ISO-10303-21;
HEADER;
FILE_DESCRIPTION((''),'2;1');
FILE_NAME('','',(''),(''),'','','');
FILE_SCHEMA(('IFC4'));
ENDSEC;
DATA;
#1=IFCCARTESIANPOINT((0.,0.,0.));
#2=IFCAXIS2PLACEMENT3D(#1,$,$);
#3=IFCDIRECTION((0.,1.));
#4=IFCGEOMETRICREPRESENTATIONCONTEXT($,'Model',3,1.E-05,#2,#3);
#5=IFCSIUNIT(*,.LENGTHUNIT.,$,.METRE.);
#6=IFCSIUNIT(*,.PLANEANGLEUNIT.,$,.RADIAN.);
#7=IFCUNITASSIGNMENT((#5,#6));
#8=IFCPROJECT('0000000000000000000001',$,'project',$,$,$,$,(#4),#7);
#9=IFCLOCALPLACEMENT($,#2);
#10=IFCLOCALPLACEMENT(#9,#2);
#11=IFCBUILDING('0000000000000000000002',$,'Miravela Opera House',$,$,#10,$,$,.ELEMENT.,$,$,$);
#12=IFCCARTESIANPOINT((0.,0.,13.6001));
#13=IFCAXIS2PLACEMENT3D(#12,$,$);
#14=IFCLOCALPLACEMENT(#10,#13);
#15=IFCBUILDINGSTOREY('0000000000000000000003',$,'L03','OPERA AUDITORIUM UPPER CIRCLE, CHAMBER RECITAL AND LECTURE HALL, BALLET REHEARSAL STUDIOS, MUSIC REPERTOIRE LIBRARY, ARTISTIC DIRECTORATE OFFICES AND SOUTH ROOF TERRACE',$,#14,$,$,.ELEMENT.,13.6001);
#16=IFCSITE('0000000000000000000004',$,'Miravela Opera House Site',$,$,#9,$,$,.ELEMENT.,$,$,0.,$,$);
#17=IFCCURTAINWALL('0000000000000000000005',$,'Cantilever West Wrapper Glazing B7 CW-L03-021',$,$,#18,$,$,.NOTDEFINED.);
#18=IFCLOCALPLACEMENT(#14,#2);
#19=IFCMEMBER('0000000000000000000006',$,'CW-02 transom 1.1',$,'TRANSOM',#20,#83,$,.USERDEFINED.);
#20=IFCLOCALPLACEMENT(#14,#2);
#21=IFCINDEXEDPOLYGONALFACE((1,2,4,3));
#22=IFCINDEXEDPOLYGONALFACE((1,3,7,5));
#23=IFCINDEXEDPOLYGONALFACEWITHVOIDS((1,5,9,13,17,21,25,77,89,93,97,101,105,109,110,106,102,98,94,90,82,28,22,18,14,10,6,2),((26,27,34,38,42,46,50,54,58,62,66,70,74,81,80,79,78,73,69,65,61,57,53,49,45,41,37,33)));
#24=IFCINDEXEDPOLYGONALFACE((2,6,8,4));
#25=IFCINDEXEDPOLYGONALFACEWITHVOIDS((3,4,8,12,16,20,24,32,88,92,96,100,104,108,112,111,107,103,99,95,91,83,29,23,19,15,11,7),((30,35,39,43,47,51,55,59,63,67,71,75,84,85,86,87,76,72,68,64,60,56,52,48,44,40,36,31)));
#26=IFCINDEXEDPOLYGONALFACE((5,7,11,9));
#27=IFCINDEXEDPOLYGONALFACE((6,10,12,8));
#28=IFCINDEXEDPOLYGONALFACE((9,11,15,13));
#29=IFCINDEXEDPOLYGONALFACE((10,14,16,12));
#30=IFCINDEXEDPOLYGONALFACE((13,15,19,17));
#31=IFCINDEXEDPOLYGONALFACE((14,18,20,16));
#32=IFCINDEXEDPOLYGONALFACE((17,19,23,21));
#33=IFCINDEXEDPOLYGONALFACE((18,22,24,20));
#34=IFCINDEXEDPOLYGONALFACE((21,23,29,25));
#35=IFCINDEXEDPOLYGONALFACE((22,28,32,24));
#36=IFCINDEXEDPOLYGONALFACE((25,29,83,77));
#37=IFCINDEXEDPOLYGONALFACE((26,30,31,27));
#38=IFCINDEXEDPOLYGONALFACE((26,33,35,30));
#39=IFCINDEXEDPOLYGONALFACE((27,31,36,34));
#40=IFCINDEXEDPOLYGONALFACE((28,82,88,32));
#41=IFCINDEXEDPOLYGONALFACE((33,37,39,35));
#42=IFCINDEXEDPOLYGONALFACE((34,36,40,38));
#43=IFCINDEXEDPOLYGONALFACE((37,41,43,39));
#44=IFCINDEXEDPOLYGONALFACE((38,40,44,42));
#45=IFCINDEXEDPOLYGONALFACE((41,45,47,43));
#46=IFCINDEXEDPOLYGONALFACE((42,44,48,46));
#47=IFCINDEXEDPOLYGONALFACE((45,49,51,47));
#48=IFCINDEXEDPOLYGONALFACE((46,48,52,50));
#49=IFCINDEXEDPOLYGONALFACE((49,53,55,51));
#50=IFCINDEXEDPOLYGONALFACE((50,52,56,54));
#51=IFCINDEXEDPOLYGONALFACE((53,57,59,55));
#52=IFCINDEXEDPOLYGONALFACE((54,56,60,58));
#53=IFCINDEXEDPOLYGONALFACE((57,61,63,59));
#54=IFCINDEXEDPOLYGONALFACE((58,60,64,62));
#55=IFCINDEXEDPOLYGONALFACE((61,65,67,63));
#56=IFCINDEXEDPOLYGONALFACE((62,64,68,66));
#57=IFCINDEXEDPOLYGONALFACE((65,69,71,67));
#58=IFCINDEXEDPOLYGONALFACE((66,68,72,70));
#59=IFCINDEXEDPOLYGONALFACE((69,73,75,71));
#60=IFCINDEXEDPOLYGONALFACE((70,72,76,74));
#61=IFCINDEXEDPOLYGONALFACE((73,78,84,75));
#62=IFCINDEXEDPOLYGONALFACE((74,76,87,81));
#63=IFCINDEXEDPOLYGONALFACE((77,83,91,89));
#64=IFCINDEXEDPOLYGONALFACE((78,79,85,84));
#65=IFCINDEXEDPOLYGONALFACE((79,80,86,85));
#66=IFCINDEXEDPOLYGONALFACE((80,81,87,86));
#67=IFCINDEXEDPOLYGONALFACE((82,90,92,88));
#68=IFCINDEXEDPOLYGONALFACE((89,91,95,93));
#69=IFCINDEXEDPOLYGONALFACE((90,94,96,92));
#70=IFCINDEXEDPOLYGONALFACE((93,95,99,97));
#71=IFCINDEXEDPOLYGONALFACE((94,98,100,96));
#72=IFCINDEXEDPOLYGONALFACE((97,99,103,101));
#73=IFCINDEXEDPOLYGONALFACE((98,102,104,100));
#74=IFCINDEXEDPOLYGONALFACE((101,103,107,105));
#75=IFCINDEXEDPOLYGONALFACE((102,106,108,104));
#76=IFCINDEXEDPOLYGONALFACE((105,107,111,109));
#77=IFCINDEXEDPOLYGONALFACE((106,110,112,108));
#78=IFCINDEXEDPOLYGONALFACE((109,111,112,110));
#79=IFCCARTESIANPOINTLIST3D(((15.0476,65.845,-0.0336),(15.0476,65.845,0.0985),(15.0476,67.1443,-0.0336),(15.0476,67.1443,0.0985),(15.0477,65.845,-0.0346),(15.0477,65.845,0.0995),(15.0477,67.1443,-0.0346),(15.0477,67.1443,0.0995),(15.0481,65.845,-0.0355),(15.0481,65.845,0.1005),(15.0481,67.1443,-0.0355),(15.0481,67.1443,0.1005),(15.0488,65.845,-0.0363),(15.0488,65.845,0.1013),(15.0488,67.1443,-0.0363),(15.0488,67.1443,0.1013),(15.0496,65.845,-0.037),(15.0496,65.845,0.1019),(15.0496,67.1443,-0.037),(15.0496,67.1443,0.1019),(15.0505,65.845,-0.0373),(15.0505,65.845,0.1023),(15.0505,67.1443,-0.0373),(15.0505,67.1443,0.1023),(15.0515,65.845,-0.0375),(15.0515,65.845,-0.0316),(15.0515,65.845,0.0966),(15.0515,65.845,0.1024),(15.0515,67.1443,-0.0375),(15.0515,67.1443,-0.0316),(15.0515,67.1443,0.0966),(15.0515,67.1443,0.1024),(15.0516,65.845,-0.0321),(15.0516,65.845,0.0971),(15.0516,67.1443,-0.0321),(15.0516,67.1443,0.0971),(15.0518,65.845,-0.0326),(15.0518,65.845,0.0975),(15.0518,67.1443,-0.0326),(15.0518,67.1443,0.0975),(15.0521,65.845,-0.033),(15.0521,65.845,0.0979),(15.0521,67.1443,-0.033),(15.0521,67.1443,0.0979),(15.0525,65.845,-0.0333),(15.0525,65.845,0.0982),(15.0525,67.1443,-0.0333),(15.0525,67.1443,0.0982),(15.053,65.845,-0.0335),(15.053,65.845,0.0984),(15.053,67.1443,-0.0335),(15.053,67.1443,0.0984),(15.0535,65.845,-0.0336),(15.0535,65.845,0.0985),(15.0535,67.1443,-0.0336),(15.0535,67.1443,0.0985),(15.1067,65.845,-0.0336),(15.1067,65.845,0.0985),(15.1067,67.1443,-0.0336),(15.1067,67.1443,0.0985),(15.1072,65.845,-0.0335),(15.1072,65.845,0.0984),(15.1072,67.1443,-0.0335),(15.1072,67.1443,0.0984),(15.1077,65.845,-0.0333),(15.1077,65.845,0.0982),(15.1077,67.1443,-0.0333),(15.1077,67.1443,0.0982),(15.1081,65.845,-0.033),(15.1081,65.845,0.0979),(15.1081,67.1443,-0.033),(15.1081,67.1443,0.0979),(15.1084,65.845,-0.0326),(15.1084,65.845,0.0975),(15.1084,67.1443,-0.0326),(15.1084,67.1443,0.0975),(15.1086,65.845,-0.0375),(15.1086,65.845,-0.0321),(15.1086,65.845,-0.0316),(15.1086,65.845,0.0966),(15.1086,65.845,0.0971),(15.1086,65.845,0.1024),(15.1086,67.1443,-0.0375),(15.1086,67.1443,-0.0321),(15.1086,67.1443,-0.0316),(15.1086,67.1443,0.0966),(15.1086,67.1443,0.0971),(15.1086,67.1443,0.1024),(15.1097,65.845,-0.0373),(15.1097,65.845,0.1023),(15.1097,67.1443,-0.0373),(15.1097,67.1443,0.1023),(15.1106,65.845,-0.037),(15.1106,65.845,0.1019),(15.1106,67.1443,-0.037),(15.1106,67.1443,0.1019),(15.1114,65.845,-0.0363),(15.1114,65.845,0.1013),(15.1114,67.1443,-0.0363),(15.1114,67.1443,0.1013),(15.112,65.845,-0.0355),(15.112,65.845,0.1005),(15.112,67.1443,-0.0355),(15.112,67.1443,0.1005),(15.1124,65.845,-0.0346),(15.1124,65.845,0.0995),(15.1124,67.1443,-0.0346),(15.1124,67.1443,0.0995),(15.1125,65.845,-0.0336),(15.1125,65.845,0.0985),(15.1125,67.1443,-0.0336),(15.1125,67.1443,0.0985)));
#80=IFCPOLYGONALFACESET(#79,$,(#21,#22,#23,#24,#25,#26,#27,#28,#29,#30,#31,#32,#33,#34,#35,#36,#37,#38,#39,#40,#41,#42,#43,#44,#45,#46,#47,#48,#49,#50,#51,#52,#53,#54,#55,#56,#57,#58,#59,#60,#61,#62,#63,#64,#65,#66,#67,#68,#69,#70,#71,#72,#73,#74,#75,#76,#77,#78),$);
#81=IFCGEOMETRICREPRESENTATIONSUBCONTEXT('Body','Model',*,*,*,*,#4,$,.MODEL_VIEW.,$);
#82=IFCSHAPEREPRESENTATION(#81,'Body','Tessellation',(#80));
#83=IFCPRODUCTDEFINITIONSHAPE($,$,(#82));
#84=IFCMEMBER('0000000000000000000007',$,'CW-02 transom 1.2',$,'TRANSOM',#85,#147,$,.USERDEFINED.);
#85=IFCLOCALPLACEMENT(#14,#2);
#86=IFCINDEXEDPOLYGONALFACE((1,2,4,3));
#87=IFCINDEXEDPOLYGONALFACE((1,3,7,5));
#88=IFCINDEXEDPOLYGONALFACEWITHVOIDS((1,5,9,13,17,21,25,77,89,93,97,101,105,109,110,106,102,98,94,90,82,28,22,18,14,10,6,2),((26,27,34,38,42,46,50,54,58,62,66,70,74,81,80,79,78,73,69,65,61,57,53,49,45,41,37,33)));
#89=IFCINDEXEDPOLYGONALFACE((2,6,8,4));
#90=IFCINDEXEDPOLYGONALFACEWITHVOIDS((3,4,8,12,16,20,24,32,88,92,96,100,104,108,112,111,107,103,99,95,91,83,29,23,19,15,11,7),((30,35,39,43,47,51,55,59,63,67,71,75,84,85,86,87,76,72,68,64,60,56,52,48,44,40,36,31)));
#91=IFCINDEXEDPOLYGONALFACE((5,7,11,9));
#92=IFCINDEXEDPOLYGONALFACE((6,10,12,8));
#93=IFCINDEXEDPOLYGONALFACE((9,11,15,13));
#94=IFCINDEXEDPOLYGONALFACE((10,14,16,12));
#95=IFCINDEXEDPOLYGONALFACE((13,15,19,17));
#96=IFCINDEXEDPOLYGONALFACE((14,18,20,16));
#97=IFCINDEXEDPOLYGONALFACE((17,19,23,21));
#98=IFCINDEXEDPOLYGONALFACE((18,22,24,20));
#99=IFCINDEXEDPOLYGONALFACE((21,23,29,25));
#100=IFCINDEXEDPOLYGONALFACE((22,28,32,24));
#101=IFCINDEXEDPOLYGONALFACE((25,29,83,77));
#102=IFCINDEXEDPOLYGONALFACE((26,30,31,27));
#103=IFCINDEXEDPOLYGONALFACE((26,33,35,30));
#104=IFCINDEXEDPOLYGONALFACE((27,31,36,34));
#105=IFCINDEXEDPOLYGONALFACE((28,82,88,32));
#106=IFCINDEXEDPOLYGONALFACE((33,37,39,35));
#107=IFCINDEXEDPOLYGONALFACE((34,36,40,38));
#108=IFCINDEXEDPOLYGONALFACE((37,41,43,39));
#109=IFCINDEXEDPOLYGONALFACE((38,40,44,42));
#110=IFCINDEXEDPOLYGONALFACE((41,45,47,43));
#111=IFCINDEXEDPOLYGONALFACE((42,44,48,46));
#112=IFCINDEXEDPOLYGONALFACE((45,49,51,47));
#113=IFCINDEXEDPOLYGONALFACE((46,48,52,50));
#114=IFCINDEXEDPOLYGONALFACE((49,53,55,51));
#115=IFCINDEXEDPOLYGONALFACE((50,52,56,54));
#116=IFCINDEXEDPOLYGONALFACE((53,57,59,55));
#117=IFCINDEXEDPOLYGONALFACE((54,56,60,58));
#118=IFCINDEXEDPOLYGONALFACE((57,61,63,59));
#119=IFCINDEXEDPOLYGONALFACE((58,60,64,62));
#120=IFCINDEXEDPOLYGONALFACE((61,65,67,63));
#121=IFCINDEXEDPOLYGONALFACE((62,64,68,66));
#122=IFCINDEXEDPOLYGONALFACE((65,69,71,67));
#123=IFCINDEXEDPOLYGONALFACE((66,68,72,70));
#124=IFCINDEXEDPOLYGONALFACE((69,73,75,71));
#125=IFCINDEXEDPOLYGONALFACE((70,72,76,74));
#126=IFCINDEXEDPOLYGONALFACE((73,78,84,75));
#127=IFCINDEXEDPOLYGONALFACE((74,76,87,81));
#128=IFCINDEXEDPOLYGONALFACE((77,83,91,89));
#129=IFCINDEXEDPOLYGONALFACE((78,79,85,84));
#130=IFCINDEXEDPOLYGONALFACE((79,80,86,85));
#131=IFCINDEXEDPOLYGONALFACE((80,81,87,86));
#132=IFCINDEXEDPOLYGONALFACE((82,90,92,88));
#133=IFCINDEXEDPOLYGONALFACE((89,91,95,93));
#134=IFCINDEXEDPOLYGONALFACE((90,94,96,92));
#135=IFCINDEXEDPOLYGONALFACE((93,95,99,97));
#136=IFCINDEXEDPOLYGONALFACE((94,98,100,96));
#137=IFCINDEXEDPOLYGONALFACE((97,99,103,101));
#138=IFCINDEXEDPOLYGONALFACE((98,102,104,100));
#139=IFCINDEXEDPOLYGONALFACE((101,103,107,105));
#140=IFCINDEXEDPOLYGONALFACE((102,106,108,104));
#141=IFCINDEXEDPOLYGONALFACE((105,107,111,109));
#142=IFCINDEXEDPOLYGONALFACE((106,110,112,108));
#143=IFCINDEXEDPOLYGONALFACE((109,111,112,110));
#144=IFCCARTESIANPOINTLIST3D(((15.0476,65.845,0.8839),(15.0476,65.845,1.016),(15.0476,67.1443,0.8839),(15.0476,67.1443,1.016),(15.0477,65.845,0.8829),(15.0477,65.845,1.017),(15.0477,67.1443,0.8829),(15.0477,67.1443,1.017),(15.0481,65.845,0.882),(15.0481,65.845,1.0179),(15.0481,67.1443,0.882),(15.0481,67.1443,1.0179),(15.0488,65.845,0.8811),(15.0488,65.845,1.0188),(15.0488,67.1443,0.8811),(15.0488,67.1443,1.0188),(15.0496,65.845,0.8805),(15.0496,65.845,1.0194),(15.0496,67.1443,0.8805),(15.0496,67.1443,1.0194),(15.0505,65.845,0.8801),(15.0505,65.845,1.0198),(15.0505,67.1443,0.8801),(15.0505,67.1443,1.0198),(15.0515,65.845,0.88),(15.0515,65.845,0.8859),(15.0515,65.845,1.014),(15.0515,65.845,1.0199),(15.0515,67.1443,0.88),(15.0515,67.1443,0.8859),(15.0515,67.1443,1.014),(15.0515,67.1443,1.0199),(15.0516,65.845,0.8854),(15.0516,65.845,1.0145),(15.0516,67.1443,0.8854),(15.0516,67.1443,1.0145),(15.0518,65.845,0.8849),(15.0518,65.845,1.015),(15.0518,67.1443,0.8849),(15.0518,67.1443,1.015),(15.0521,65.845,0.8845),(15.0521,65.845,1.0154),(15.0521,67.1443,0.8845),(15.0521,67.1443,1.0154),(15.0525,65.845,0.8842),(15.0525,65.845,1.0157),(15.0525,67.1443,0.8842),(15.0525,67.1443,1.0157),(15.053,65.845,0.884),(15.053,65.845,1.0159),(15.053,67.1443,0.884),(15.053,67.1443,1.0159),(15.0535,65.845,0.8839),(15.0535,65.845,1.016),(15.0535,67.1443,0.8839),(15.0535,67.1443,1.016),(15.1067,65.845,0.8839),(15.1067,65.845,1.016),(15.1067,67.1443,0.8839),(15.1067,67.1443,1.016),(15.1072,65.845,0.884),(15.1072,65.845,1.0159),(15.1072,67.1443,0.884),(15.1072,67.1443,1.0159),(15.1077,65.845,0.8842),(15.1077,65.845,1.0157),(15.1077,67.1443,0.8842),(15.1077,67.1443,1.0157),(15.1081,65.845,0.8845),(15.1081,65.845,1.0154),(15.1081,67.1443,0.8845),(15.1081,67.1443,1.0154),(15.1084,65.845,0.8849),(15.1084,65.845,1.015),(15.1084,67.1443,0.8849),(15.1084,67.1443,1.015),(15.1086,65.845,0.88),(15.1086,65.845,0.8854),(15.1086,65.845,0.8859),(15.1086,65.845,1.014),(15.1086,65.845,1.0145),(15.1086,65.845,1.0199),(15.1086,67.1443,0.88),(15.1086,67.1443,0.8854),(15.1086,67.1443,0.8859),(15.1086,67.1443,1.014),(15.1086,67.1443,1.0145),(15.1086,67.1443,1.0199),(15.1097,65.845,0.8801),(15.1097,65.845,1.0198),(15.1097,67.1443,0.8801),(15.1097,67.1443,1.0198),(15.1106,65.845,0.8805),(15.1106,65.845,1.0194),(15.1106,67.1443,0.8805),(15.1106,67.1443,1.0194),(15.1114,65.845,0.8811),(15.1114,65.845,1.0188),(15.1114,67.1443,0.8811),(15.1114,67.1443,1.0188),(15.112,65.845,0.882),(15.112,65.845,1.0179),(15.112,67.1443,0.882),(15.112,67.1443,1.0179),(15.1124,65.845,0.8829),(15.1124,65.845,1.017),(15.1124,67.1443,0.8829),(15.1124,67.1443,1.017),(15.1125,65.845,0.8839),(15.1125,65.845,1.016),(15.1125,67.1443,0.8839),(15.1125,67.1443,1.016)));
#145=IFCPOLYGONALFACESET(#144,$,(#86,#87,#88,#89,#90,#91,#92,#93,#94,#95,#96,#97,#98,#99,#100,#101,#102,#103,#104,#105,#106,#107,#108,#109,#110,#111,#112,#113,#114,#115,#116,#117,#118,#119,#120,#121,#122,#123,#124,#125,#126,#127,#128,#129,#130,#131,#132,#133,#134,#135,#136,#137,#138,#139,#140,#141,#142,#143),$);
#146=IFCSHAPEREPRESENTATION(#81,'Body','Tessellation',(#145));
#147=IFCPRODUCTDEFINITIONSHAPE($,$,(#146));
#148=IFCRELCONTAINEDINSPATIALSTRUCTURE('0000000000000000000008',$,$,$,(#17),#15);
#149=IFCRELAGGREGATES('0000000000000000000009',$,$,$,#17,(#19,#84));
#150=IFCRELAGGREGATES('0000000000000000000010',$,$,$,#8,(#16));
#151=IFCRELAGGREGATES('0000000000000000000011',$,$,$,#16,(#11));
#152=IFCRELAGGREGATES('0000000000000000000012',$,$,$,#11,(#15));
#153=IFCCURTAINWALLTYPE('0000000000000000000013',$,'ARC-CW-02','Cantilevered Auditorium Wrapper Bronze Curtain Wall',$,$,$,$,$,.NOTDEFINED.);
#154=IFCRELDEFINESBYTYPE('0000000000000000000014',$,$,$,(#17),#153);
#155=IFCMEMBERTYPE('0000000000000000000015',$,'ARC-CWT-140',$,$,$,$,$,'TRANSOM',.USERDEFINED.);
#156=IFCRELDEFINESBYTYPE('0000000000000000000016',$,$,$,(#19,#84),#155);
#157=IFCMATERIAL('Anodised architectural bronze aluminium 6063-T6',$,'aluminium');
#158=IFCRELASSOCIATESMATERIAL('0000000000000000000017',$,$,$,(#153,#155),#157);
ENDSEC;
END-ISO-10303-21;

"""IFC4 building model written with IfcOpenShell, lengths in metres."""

from ifc_helpers import new_model, si_unit, direction, frame, origin, origin_2d, place, context, subcontext, project, spatial, hollow_rectangle, extrude, material, material_profile, profile_set, type_object, element, aggregate, save


model = new_model("IFC4")

# Units and contexts
model_context = context("Model", 3, precision=1e-05, world=origin(), true_north=direction((0.0, 1.0)))
body_context = subcontext(model_context, "Body", "Model", "MODEL_VIEW")
ifc_project = project(units=[si_unit("LENGTHUNIT", "METRE"), si_unit("PLANEANGLEUNIT", "RADIAN")], contexts=[model_context])

# Site, building, storey
site_placement = place(None, origin())
site = spatial("IfcSite", under=ifc_project, at=site_placement, Name="Miravela Opera House Site", CompositionType="ELEMENT", RefElevation=0.0)
building_placement = place(site_placement, origin())
building = spatial("IfcBuilding", under=site, at=building_placement, Name="Miravela Opera House", CompositionType="ELEMENT")
storey_placement = place(building_placement, frame((0.0, 0.0, 13.6001)))
storey = spatial("IfcBuildingStorey", under=building, at=storey_placement, Name="L03", Description="OPERA AUDITORIUM UPPER CIRCLE, CHAMBER RECITAL AND LECTURE HALL, BALLET REHEARSAL STUDIOS, MUSIC REPERTOIRE LIBRARY, ARTISTIC DIRECTORATE OFFICES AND SOUTH ROOF TERRACE", CompositionType="ELEMENT", Elevation=13.6001)

# Shared definitions
ifc_material_1 = material(Name="Anodised architectural bronze aluminium 6063-T6", Category="aluminium")
curtain_wall_type = type_object("IfcCurtainWallType", Name="ARC-CW-02", Description="Cantilevered Auditorium Wrapper Bronze Curtain Wall", PredefinedType="NOTDEFINED", material=ifc_material_1)

# Curtain wall
curtain_wall_1_placement = place(storey_placement, origin())
curtain_wall_1 = element("IfcCurtainWall", 1, at=curtain_wall_1_placement, inside=storey, type_object=curtain_wall_type, Name="Cantilever West Wrapper Glazing B7 CW-L03-021", PredefinedType="NOTDEFINED")

# Members
ifc_material_profile_1 = material_profile(ifc_material_1, hollow_rectangle(XDim=0.0649, YDim=0.1399, WallThickness=0.0039, InnerFilletRadius=0.002, OuterFilletRadius=0.0039, at=origin_2d()), Name="CWT-65X140")
ifc_profile_set_1 = profile_set([ifc_material_profile_1])
member_type_1 = type_object("IfcMemberType", Name="ARC-CWT-140", ElementType="TRANSOM", PredefinedType="USERDEFINED", material=ifc_profile_set_1)
member_1_placement = place(storey_placement, frame((15.0801, 65.845, 0.0325), z_axis=(0.0, 1.0, 0.0), x_axis=(-1.0, 0.0, 0.0)))
member_1 = element("IfcMember", 2, at=member_1_placement, type_object=member_type_1, Name="CW-02 transom 1.1", ObjectType="TRANSOM", PredefinedType="USERDEFINED", context=body_context, shape_type="SweptSolid", body=[
    extrude(hollow_rectangle(XDim=0.0649, YDim=0.1399, WallThickness=0.0039, InnerFilletRadius=0.002, OuterFilletRadius=0.0039, at=origin_2d()), origin(), (0.0, 0.0, 1.0), 1.2993),
])
member_2_placement = place(storey_placement, frame((15.0801, 65.845, 0.95), z_axis=(0.0, 1.0, 0.0), x_axis=(-1.0, 0.0, 0.0)))
member_2 = element("IfcMember", 3, at=member_2_placement, type_object=member_type_1, Name="CW-02 transom 1.2", ObjectType="TRANSOM", PredefinedType="USERDEFINED", context=body_context, shape_type="SweptSolid", body=[
    extrude(hollow_rectangle(XDim=0.0649, YDim=0.1399, WallThickness=0.0039, InnerFilletRadius=0.002, OuterFilletRadius=0.0039, at=origin_2d()), origin(), (0.0, 0.0, 1.0), 1.2993),
])
aggregate(curtain_wall_1, [member_1, member_2])

save(model, "model.ifc")
